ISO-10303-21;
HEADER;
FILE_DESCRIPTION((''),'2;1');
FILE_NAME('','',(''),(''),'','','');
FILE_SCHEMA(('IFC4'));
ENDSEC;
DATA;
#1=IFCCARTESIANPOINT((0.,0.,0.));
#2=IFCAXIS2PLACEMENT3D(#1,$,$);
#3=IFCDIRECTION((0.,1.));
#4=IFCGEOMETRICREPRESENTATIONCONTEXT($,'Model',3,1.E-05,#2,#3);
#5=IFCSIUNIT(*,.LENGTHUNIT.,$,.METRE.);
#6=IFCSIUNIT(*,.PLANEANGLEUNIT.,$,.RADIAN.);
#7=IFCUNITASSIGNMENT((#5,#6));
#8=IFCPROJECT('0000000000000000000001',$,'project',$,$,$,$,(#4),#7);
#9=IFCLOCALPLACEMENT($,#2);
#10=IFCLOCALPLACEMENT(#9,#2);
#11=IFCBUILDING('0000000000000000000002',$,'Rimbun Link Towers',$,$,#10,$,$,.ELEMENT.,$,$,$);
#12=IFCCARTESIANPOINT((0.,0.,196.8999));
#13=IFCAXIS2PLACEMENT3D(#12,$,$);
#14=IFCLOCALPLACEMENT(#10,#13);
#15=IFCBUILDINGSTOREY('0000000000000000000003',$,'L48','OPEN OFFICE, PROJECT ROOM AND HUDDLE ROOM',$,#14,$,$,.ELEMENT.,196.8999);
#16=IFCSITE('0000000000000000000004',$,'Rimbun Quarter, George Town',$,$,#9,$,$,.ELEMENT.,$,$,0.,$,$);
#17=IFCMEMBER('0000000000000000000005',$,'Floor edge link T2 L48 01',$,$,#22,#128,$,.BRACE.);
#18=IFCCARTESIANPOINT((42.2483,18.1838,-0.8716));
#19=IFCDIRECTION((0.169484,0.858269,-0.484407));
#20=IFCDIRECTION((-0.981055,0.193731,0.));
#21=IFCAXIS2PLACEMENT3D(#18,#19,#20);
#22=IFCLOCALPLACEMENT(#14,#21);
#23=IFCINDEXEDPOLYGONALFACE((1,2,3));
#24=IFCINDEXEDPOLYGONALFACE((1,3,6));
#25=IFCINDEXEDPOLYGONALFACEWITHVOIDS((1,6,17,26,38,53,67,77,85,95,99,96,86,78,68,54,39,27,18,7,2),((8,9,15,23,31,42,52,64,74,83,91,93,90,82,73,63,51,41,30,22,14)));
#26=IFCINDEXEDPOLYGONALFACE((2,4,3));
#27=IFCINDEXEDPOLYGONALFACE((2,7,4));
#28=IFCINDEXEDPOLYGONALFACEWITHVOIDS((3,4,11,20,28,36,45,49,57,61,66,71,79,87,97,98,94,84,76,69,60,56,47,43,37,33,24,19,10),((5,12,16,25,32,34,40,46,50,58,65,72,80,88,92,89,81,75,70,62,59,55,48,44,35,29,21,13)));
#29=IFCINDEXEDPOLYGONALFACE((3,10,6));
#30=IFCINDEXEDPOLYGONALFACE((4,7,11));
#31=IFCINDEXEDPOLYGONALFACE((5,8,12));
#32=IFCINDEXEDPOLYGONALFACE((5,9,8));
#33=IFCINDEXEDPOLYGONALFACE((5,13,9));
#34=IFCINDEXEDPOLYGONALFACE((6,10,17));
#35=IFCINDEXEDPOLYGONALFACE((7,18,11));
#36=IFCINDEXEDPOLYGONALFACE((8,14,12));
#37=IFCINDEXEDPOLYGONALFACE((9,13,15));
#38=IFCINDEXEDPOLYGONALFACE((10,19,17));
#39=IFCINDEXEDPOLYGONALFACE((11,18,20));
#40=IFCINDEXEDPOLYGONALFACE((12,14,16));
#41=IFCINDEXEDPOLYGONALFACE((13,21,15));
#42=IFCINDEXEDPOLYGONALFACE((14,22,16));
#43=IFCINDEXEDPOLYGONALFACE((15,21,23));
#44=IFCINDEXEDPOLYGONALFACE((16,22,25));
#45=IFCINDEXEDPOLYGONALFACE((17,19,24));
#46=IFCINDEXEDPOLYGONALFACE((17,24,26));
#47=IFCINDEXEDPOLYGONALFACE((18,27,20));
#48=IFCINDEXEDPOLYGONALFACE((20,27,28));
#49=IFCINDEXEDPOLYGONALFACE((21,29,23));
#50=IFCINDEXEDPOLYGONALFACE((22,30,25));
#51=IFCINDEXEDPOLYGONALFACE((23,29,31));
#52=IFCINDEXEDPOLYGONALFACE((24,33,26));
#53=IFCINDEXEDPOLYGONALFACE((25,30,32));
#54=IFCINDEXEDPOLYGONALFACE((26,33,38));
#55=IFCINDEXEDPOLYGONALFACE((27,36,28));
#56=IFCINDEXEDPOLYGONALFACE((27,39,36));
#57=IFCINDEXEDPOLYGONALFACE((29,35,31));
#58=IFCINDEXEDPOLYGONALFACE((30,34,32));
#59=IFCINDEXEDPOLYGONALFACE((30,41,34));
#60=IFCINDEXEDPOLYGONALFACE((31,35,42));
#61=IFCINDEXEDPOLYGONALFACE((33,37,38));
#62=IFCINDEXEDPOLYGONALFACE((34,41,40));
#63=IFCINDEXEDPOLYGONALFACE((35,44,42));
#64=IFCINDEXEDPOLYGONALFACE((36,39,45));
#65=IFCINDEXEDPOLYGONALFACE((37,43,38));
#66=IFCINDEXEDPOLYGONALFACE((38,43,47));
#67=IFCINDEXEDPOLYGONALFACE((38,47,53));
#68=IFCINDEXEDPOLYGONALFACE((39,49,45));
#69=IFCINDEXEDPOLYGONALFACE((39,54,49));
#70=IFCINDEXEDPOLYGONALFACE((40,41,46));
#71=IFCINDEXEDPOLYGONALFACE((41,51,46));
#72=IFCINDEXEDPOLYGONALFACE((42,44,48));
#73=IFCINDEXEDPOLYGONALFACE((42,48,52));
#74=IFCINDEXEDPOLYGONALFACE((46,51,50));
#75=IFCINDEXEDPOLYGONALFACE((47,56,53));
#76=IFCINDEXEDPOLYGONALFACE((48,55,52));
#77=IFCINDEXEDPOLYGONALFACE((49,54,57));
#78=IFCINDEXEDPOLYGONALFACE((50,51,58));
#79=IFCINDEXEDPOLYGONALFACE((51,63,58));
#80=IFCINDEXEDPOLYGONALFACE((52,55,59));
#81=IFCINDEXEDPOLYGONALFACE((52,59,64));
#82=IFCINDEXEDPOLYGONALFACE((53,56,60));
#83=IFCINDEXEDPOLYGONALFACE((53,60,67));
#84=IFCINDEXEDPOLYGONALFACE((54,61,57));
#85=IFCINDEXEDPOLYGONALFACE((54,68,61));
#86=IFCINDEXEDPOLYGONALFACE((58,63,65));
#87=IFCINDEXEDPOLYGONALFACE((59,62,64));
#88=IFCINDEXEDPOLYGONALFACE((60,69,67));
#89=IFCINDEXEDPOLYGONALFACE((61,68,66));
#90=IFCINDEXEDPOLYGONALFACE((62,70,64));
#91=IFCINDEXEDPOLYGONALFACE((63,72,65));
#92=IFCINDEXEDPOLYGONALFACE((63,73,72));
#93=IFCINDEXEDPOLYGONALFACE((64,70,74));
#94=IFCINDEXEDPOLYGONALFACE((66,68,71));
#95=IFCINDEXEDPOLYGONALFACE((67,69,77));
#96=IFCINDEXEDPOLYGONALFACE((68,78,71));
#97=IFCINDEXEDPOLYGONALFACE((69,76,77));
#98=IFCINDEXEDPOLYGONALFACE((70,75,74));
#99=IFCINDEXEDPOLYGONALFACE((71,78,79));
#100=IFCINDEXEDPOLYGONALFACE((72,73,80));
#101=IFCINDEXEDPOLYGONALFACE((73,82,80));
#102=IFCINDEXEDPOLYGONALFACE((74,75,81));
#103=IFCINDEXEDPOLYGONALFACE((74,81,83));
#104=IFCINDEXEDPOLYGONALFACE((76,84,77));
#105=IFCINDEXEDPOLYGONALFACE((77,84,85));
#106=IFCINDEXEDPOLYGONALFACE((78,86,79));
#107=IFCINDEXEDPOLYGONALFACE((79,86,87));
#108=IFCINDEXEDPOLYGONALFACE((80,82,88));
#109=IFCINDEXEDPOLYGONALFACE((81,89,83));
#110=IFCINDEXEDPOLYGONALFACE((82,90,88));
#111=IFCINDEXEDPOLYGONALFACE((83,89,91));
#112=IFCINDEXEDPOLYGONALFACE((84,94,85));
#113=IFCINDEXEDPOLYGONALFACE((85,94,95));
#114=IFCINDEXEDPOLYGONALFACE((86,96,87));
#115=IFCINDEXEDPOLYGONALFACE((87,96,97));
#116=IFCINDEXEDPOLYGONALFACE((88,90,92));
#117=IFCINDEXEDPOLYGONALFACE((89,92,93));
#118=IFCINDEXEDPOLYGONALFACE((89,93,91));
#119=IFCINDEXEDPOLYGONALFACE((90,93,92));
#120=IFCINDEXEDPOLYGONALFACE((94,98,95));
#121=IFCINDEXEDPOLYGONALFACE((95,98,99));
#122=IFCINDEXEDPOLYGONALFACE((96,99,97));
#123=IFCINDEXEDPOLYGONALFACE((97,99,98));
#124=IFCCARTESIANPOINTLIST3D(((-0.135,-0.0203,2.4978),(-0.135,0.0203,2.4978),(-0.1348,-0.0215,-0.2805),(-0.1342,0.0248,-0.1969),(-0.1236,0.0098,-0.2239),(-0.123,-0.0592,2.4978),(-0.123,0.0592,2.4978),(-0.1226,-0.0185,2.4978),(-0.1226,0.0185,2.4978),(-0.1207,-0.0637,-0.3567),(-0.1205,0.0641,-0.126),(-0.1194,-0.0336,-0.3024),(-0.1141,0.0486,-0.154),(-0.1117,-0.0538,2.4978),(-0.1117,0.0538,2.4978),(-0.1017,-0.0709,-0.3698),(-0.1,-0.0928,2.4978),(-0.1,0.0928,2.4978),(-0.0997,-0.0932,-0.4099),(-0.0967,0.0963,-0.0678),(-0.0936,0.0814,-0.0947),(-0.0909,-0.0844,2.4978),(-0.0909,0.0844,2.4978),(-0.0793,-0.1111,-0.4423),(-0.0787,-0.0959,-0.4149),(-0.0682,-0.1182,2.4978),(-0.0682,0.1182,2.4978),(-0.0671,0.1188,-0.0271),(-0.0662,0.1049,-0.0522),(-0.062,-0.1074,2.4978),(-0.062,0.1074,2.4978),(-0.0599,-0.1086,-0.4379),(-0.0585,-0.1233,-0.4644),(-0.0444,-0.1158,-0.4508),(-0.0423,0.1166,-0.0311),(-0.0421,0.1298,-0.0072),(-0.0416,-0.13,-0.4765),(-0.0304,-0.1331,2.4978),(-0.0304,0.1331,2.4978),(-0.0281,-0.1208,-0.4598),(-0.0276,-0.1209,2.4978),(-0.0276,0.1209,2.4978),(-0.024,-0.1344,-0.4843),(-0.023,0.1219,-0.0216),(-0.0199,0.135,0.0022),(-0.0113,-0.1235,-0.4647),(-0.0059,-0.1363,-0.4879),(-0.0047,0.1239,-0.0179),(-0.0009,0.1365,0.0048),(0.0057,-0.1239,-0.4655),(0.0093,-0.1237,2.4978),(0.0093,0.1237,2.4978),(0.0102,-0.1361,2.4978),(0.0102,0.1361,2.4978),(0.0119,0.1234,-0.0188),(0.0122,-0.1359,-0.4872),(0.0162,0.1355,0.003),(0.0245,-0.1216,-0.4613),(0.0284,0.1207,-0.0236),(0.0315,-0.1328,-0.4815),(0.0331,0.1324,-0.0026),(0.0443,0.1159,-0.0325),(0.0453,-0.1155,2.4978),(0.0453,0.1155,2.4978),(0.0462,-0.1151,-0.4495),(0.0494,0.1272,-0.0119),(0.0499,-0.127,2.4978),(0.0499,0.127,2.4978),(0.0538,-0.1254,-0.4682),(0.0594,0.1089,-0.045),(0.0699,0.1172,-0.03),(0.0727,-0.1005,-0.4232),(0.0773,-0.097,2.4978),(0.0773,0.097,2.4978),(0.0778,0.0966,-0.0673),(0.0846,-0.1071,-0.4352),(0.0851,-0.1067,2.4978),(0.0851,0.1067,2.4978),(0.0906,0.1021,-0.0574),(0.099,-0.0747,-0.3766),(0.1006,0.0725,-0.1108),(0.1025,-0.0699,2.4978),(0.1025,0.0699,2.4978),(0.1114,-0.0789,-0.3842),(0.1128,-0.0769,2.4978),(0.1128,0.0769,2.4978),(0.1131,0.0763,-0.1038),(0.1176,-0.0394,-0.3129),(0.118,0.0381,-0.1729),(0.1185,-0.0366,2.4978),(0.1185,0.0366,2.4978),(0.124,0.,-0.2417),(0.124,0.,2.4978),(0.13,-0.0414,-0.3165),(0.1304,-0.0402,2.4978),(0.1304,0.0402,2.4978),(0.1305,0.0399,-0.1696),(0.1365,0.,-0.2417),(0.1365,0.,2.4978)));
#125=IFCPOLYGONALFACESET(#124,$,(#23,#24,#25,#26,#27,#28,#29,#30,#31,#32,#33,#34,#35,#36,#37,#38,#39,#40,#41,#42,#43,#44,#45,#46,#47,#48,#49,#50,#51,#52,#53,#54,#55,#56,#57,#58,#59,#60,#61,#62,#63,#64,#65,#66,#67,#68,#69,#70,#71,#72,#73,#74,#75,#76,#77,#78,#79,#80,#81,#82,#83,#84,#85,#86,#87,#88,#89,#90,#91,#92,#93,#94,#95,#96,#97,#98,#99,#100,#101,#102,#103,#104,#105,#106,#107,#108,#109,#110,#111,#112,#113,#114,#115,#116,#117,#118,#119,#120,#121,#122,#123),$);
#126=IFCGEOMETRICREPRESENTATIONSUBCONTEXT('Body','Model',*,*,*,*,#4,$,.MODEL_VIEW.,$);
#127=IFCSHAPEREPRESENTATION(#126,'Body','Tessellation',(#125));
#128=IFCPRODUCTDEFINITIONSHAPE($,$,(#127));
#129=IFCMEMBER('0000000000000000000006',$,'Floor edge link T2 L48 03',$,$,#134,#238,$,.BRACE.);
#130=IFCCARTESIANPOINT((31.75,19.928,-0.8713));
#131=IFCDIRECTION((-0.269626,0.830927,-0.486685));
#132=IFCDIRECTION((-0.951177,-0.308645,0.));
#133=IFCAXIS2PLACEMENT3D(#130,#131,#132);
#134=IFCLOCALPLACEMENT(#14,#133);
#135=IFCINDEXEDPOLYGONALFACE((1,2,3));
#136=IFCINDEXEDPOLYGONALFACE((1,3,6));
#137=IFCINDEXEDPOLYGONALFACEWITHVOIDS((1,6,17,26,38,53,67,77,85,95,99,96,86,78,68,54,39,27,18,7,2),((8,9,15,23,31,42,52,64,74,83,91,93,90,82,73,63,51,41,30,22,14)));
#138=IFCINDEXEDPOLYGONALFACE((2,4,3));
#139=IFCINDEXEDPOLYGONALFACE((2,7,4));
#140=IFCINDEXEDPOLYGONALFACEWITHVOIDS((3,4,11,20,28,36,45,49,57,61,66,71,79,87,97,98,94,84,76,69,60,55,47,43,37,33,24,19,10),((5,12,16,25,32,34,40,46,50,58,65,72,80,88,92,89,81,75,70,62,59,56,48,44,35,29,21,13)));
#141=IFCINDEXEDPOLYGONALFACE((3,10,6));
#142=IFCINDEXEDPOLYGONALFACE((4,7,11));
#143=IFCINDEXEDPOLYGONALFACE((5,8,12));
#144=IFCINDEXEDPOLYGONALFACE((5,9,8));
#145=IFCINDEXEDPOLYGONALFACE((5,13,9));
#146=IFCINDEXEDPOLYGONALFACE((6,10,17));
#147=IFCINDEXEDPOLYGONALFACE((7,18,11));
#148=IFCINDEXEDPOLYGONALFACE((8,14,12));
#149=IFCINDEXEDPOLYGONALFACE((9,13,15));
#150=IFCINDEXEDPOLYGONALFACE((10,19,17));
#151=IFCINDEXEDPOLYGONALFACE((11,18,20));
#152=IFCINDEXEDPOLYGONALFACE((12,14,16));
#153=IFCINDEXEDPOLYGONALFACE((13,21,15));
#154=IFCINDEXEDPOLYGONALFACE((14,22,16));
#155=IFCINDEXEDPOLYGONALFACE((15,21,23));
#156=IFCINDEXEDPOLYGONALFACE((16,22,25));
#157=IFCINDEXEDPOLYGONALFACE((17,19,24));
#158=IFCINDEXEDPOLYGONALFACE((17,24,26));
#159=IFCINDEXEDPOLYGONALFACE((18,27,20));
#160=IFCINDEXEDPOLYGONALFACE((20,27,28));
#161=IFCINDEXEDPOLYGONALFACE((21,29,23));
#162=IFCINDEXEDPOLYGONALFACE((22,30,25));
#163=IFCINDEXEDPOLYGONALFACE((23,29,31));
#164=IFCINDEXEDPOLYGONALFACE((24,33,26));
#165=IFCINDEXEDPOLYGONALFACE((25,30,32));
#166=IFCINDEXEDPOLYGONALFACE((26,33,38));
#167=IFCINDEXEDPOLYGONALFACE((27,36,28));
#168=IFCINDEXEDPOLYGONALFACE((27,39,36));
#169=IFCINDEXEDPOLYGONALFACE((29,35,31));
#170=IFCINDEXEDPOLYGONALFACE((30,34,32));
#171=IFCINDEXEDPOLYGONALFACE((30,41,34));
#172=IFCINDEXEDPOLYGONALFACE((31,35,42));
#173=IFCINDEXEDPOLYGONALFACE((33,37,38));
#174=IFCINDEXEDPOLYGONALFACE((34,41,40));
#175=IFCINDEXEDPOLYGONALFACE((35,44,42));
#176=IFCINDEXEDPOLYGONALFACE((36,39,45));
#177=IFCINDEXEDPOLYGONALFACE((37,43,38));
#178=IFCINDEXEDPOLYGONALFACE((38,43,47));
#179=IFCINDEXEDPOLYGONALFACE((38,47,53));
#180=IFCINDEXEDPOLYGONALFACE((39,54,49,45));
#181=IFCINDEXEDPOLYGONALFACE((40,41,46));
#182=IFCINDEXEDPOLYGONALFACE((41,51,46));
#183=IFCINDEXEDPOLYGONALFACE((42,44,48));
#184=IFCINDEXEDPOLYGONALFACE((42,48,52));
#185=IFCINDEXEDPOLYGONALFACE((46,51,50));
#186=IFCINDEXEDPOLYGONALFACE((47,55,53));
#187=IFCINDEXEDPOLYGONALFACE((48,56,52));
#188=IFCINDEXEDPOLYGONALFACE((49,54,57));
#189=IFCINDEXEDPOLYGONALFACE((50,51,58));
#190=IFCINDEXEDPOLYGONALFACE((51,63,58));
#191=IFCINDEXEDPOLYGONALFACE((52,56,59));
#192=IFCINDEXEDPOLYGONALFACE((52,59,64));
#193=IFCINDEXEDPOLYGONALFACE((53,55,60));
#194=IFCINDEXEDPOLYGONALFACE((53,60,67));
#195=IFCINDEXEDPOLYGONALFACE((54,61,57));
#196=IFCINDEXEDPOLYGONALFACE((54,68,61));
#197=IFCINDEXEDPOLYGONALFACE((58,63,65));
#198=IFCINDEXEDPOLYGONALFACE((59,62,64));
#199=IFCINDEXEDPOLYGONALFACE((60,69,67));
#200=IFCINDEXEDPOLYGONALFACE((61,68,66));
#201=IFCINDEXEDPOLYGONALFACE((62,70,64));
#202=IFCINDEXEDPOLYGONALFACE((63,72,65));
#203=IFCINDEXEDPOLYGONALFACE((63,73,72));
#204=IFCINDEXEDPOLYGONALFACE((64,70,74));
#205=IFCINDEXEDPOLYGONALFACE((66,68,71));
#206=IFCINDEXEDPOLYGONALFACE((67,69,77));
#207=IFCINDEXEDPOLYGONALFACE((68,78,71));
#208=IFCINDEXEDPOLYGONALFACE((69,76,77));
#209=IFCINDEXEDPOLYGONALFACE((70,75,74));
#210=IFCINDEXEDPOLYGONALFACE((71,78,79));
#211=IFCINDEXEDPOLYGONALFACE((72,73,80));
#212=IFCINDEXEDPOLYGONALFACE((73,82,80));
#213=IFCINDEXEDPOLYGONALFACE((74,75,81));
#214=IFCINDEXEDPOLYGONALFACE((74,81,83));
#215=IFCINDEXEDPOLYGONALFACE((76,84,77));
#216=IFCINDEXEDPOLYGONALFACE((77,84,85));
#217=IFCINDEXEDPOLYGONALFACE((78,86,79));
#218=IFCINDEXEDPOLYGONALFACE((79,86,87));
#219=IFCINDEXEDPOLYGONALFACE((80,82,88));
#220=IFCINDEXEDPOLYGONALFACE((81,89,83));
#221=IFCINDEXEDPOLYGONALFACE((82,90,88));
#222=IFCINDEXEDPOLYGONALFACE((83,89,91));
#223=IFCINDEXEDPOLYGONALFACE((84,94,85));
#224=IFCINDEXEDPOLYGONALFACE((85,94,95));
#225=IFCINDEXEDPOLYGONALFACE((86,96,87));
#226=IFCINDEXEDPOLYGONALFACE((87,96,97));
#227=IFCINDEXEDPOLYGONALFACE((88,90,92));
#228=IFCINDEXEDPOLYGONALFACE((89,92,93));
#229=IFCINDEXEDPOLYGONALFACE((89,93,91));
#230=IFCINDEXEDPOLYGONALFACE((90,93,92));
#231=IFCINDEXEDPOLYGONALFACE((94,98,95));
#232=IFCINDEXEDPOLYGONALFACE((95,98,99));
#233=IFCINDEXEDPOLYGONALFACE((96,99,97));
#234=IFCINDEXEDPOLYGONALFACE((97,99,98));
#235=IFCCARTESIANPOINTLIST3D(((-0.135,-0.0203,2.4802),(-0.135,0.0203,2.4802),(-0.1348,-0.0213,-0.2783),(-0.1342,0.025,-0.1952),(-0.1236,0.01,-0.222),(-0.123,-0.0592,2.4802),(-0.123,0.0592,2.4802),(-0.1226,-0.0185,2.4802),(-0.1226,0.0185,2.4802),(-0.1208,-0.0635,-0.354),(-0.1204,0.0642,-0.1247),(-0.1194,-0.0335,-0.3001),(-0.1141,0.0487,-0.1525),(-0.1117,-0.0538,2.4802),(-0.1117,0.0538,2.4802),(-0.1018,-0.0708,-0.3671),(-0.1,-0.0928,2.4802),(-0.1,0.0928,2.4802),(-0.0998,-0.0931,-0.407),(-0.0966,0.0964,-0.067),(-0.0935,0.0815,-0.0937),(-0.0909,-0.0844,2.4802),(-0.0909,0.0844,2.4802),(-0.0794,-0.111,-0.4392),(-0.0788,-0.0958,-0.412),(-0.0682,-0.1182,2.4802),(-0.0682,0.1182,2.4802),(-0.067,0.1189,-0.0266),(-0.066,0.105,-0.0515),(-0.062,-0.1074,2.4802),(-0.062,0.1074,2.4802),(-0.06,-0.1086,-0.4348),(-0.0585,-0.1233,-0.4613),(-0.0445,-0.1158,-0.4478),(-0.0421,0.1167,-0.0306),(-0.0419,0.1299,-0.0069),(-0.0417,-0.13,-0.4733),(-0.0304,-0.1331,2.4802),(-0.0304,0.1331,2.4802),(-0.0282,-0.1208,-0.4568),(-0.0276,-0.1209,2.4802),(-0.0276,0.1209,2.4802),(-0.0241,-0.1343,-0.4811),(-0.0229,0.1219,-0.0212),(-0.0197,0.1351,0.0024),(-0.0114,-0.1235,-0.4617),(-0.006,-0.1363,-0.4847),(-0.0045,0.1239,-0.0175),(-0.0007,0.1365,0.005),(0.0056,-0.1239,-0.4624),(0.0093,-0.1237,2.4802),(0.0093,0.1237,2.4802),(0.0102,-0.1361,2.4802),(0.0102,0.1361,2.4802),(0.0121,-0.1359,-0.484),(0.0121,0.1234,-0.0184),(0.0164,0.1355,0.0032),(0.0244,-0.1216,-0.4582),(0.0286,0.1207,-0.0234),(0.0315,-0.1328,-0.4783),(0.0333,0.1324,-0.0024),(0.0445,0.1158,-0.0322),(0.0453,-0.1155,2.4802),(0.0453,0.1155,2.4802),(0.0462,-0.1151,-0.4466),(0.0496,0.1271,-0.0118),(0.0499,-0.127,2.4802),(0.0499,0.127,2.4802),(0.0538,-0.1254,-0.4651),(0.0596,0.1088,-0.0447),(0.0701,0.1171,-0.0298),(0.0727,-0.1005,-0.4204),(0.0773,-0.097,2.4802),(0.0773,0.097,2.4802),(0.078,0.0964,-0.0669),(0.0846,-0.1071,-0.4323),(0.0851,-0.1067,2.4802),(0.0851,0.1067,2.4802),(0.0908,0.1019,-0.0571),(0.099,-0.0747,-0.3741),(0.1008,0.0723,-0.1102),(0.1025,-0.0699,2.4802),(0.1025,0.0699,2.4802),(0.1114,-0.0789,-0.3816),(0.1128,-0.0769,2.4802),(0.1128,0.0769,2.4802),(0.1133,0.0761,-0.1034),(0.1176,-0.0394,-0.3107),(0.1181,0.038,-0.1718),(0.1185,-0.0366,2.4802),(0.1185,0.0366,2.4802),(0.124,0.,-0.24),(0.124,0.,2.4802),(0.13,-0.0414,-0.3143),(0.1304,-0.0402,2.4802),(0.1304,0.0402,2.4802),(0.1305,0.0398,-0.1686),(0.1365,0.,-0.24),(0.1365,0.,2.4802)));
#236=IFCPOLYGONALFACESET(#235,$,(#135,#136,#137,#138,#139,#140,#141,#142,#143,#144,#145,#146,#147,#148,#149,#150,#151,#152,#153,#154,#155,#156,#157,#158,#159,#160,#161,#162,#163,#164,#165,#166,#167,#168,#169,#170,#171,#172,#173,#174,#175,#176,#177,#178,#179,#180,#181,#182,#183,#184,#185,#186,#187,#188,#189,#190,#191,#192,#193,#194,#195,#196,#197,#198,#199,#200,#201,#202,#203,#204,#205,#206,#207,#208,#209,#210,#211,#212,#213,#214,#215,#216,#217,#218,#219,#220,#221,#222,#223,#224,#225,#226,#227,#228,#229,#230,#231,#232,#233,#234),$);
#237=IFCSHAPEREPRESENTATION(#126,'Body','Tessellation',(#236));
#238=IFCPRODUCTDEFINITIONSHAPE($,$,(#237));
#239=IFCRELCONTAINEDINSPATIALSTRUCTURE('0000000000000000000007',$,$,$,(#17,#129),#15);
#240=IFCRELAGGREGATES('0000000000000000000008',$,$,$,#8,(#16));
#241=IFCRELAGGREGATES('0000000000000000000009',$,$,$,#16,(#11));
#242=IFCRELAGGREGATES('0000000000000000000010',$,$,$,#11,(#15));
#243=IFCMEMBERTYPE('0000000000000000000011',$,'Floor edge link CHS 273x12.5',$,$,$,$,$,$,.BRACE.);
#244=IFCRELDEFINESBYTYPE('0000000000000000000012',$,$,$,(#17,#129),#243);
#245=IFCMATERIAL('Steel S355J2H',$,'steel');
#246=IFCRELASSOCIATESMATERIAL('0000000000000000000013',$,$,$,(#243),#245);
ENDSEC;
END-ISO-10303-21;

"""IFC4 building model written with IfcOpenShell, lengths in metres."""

from ifc_helpers import new_model, si_unit, direction, frame, origin, origin_2d, place, context, subcontext, project, spatial, hollow_circle, extrude, clip, halfspace, material, material_profile, profile_set, type_object, element, save


model = new_model("IFC4")

# Units and contexts
model_context = context("Model", 3, precision=1e-05, world=origin(), true_north=direction((0.0, 1.0)))
body_context = subcontext(model_context, "Body", "Model", "MODEL_VIEW")
ifc_project = project(units=[si_unit("LENGTHUNIT", "METRE"), si_unit("PLANEANGLEUNIT", "RADIAN")], contexts=[model_context])

# Site, building, storey
site_placement = place(None, origin())
site = spatial("IfcSite", under=ifc_project, at=site_placement, Name="Rimbun Quarter, George Town", CompositionType="ELEMENT", RefElevation=0.0)
building_placement = place(site_placement, origin())
building = spatial("IfcBuilding", under=site, at=building_placement, Name="Rimbun Link Towers", CompositionType="ELEMENT")
storey_placement = place(building_placement, frame((0.0, 0.0, 196.8999)))
storey = spatial("IfcBuildingStorey", under=building, at=storey_placement, Name="L48", Description="OPEN OFFICE, PROJECT ROOM AND HUDDLE ROOM", CompositionType="ELEMENT", Elevation=196.8999)

# Members
ifc_material_1 = material(Name="Steel S355J2H", Category="steel")
ifc_material_profile_1 = material_profile(ifc_material_1, hollow_circle(Radius=0.1365, WallThickness=0.0125, at=origin_2d()), Name="CHS 273x12.5")
ifc_profile_set_1 = profile_set([ifc_material_profile_1], Name="Steel S355J2H")
member_type_1 = type_object("IfcMemberType", Name="Floor edge link CHS 273x12.5", PredefinedType="BRACE", material=ifc_profile_set_1)
member_1_placement = place(storey_placement, frame((42.2483, 18.1838, -0.8716), z_axis=(0.169484, 0.858269, -0.484407), x_axis=(-0.981055, 0.193731, 0.0)))
element("IfcMember", 1, at=member_1_placement, inside=storey, type_object=member_type_1, Name="Floor edge link T2 L48 01", PredefinedType="BRACE", context=body_context, shape_type="Clipping", body=[
    clip(extrude(hollow_circle(Radius=0.1365, WallThickness=0.0125, at=origin_2d()), frame((0.0, 0.0, -0.5137)), (0.0, 0.0, 1.0), 3.0115), halfspace(frame((0.0, 0.0, -0.2417), z_axis=(0.0, 0.874843, -0.484407)), False)),
])
member_2_placement = place(storey_placement, frame((31.75, 19.928, -0.8713), z_axis=(-0.269626, 0.830927, -0.486685), x_axis=(-0.951177, -0.308645, 0.0)))
element("IfcMember", 2, at=member_2_placement, inside=storey, type_object=member_type_1, Name="Floor edge link T2 L48 03", PredefinedType="BRACE", context=body_context, shape_type="Clipping", body=[
    clip(extrude(hollow_circle(Radius=0.1365, WallThickness=0.0125, at=origin_2d()), frame((0.0, 0.0, -0.5105)), (0.0, 0.0, 1.0), 2.9907), halfspace(frame((0.0, 0.0, -0.24), z_axis=(0.0, 0.873578, -0.486685)), False)),
])

save(model, "model.ifc")
